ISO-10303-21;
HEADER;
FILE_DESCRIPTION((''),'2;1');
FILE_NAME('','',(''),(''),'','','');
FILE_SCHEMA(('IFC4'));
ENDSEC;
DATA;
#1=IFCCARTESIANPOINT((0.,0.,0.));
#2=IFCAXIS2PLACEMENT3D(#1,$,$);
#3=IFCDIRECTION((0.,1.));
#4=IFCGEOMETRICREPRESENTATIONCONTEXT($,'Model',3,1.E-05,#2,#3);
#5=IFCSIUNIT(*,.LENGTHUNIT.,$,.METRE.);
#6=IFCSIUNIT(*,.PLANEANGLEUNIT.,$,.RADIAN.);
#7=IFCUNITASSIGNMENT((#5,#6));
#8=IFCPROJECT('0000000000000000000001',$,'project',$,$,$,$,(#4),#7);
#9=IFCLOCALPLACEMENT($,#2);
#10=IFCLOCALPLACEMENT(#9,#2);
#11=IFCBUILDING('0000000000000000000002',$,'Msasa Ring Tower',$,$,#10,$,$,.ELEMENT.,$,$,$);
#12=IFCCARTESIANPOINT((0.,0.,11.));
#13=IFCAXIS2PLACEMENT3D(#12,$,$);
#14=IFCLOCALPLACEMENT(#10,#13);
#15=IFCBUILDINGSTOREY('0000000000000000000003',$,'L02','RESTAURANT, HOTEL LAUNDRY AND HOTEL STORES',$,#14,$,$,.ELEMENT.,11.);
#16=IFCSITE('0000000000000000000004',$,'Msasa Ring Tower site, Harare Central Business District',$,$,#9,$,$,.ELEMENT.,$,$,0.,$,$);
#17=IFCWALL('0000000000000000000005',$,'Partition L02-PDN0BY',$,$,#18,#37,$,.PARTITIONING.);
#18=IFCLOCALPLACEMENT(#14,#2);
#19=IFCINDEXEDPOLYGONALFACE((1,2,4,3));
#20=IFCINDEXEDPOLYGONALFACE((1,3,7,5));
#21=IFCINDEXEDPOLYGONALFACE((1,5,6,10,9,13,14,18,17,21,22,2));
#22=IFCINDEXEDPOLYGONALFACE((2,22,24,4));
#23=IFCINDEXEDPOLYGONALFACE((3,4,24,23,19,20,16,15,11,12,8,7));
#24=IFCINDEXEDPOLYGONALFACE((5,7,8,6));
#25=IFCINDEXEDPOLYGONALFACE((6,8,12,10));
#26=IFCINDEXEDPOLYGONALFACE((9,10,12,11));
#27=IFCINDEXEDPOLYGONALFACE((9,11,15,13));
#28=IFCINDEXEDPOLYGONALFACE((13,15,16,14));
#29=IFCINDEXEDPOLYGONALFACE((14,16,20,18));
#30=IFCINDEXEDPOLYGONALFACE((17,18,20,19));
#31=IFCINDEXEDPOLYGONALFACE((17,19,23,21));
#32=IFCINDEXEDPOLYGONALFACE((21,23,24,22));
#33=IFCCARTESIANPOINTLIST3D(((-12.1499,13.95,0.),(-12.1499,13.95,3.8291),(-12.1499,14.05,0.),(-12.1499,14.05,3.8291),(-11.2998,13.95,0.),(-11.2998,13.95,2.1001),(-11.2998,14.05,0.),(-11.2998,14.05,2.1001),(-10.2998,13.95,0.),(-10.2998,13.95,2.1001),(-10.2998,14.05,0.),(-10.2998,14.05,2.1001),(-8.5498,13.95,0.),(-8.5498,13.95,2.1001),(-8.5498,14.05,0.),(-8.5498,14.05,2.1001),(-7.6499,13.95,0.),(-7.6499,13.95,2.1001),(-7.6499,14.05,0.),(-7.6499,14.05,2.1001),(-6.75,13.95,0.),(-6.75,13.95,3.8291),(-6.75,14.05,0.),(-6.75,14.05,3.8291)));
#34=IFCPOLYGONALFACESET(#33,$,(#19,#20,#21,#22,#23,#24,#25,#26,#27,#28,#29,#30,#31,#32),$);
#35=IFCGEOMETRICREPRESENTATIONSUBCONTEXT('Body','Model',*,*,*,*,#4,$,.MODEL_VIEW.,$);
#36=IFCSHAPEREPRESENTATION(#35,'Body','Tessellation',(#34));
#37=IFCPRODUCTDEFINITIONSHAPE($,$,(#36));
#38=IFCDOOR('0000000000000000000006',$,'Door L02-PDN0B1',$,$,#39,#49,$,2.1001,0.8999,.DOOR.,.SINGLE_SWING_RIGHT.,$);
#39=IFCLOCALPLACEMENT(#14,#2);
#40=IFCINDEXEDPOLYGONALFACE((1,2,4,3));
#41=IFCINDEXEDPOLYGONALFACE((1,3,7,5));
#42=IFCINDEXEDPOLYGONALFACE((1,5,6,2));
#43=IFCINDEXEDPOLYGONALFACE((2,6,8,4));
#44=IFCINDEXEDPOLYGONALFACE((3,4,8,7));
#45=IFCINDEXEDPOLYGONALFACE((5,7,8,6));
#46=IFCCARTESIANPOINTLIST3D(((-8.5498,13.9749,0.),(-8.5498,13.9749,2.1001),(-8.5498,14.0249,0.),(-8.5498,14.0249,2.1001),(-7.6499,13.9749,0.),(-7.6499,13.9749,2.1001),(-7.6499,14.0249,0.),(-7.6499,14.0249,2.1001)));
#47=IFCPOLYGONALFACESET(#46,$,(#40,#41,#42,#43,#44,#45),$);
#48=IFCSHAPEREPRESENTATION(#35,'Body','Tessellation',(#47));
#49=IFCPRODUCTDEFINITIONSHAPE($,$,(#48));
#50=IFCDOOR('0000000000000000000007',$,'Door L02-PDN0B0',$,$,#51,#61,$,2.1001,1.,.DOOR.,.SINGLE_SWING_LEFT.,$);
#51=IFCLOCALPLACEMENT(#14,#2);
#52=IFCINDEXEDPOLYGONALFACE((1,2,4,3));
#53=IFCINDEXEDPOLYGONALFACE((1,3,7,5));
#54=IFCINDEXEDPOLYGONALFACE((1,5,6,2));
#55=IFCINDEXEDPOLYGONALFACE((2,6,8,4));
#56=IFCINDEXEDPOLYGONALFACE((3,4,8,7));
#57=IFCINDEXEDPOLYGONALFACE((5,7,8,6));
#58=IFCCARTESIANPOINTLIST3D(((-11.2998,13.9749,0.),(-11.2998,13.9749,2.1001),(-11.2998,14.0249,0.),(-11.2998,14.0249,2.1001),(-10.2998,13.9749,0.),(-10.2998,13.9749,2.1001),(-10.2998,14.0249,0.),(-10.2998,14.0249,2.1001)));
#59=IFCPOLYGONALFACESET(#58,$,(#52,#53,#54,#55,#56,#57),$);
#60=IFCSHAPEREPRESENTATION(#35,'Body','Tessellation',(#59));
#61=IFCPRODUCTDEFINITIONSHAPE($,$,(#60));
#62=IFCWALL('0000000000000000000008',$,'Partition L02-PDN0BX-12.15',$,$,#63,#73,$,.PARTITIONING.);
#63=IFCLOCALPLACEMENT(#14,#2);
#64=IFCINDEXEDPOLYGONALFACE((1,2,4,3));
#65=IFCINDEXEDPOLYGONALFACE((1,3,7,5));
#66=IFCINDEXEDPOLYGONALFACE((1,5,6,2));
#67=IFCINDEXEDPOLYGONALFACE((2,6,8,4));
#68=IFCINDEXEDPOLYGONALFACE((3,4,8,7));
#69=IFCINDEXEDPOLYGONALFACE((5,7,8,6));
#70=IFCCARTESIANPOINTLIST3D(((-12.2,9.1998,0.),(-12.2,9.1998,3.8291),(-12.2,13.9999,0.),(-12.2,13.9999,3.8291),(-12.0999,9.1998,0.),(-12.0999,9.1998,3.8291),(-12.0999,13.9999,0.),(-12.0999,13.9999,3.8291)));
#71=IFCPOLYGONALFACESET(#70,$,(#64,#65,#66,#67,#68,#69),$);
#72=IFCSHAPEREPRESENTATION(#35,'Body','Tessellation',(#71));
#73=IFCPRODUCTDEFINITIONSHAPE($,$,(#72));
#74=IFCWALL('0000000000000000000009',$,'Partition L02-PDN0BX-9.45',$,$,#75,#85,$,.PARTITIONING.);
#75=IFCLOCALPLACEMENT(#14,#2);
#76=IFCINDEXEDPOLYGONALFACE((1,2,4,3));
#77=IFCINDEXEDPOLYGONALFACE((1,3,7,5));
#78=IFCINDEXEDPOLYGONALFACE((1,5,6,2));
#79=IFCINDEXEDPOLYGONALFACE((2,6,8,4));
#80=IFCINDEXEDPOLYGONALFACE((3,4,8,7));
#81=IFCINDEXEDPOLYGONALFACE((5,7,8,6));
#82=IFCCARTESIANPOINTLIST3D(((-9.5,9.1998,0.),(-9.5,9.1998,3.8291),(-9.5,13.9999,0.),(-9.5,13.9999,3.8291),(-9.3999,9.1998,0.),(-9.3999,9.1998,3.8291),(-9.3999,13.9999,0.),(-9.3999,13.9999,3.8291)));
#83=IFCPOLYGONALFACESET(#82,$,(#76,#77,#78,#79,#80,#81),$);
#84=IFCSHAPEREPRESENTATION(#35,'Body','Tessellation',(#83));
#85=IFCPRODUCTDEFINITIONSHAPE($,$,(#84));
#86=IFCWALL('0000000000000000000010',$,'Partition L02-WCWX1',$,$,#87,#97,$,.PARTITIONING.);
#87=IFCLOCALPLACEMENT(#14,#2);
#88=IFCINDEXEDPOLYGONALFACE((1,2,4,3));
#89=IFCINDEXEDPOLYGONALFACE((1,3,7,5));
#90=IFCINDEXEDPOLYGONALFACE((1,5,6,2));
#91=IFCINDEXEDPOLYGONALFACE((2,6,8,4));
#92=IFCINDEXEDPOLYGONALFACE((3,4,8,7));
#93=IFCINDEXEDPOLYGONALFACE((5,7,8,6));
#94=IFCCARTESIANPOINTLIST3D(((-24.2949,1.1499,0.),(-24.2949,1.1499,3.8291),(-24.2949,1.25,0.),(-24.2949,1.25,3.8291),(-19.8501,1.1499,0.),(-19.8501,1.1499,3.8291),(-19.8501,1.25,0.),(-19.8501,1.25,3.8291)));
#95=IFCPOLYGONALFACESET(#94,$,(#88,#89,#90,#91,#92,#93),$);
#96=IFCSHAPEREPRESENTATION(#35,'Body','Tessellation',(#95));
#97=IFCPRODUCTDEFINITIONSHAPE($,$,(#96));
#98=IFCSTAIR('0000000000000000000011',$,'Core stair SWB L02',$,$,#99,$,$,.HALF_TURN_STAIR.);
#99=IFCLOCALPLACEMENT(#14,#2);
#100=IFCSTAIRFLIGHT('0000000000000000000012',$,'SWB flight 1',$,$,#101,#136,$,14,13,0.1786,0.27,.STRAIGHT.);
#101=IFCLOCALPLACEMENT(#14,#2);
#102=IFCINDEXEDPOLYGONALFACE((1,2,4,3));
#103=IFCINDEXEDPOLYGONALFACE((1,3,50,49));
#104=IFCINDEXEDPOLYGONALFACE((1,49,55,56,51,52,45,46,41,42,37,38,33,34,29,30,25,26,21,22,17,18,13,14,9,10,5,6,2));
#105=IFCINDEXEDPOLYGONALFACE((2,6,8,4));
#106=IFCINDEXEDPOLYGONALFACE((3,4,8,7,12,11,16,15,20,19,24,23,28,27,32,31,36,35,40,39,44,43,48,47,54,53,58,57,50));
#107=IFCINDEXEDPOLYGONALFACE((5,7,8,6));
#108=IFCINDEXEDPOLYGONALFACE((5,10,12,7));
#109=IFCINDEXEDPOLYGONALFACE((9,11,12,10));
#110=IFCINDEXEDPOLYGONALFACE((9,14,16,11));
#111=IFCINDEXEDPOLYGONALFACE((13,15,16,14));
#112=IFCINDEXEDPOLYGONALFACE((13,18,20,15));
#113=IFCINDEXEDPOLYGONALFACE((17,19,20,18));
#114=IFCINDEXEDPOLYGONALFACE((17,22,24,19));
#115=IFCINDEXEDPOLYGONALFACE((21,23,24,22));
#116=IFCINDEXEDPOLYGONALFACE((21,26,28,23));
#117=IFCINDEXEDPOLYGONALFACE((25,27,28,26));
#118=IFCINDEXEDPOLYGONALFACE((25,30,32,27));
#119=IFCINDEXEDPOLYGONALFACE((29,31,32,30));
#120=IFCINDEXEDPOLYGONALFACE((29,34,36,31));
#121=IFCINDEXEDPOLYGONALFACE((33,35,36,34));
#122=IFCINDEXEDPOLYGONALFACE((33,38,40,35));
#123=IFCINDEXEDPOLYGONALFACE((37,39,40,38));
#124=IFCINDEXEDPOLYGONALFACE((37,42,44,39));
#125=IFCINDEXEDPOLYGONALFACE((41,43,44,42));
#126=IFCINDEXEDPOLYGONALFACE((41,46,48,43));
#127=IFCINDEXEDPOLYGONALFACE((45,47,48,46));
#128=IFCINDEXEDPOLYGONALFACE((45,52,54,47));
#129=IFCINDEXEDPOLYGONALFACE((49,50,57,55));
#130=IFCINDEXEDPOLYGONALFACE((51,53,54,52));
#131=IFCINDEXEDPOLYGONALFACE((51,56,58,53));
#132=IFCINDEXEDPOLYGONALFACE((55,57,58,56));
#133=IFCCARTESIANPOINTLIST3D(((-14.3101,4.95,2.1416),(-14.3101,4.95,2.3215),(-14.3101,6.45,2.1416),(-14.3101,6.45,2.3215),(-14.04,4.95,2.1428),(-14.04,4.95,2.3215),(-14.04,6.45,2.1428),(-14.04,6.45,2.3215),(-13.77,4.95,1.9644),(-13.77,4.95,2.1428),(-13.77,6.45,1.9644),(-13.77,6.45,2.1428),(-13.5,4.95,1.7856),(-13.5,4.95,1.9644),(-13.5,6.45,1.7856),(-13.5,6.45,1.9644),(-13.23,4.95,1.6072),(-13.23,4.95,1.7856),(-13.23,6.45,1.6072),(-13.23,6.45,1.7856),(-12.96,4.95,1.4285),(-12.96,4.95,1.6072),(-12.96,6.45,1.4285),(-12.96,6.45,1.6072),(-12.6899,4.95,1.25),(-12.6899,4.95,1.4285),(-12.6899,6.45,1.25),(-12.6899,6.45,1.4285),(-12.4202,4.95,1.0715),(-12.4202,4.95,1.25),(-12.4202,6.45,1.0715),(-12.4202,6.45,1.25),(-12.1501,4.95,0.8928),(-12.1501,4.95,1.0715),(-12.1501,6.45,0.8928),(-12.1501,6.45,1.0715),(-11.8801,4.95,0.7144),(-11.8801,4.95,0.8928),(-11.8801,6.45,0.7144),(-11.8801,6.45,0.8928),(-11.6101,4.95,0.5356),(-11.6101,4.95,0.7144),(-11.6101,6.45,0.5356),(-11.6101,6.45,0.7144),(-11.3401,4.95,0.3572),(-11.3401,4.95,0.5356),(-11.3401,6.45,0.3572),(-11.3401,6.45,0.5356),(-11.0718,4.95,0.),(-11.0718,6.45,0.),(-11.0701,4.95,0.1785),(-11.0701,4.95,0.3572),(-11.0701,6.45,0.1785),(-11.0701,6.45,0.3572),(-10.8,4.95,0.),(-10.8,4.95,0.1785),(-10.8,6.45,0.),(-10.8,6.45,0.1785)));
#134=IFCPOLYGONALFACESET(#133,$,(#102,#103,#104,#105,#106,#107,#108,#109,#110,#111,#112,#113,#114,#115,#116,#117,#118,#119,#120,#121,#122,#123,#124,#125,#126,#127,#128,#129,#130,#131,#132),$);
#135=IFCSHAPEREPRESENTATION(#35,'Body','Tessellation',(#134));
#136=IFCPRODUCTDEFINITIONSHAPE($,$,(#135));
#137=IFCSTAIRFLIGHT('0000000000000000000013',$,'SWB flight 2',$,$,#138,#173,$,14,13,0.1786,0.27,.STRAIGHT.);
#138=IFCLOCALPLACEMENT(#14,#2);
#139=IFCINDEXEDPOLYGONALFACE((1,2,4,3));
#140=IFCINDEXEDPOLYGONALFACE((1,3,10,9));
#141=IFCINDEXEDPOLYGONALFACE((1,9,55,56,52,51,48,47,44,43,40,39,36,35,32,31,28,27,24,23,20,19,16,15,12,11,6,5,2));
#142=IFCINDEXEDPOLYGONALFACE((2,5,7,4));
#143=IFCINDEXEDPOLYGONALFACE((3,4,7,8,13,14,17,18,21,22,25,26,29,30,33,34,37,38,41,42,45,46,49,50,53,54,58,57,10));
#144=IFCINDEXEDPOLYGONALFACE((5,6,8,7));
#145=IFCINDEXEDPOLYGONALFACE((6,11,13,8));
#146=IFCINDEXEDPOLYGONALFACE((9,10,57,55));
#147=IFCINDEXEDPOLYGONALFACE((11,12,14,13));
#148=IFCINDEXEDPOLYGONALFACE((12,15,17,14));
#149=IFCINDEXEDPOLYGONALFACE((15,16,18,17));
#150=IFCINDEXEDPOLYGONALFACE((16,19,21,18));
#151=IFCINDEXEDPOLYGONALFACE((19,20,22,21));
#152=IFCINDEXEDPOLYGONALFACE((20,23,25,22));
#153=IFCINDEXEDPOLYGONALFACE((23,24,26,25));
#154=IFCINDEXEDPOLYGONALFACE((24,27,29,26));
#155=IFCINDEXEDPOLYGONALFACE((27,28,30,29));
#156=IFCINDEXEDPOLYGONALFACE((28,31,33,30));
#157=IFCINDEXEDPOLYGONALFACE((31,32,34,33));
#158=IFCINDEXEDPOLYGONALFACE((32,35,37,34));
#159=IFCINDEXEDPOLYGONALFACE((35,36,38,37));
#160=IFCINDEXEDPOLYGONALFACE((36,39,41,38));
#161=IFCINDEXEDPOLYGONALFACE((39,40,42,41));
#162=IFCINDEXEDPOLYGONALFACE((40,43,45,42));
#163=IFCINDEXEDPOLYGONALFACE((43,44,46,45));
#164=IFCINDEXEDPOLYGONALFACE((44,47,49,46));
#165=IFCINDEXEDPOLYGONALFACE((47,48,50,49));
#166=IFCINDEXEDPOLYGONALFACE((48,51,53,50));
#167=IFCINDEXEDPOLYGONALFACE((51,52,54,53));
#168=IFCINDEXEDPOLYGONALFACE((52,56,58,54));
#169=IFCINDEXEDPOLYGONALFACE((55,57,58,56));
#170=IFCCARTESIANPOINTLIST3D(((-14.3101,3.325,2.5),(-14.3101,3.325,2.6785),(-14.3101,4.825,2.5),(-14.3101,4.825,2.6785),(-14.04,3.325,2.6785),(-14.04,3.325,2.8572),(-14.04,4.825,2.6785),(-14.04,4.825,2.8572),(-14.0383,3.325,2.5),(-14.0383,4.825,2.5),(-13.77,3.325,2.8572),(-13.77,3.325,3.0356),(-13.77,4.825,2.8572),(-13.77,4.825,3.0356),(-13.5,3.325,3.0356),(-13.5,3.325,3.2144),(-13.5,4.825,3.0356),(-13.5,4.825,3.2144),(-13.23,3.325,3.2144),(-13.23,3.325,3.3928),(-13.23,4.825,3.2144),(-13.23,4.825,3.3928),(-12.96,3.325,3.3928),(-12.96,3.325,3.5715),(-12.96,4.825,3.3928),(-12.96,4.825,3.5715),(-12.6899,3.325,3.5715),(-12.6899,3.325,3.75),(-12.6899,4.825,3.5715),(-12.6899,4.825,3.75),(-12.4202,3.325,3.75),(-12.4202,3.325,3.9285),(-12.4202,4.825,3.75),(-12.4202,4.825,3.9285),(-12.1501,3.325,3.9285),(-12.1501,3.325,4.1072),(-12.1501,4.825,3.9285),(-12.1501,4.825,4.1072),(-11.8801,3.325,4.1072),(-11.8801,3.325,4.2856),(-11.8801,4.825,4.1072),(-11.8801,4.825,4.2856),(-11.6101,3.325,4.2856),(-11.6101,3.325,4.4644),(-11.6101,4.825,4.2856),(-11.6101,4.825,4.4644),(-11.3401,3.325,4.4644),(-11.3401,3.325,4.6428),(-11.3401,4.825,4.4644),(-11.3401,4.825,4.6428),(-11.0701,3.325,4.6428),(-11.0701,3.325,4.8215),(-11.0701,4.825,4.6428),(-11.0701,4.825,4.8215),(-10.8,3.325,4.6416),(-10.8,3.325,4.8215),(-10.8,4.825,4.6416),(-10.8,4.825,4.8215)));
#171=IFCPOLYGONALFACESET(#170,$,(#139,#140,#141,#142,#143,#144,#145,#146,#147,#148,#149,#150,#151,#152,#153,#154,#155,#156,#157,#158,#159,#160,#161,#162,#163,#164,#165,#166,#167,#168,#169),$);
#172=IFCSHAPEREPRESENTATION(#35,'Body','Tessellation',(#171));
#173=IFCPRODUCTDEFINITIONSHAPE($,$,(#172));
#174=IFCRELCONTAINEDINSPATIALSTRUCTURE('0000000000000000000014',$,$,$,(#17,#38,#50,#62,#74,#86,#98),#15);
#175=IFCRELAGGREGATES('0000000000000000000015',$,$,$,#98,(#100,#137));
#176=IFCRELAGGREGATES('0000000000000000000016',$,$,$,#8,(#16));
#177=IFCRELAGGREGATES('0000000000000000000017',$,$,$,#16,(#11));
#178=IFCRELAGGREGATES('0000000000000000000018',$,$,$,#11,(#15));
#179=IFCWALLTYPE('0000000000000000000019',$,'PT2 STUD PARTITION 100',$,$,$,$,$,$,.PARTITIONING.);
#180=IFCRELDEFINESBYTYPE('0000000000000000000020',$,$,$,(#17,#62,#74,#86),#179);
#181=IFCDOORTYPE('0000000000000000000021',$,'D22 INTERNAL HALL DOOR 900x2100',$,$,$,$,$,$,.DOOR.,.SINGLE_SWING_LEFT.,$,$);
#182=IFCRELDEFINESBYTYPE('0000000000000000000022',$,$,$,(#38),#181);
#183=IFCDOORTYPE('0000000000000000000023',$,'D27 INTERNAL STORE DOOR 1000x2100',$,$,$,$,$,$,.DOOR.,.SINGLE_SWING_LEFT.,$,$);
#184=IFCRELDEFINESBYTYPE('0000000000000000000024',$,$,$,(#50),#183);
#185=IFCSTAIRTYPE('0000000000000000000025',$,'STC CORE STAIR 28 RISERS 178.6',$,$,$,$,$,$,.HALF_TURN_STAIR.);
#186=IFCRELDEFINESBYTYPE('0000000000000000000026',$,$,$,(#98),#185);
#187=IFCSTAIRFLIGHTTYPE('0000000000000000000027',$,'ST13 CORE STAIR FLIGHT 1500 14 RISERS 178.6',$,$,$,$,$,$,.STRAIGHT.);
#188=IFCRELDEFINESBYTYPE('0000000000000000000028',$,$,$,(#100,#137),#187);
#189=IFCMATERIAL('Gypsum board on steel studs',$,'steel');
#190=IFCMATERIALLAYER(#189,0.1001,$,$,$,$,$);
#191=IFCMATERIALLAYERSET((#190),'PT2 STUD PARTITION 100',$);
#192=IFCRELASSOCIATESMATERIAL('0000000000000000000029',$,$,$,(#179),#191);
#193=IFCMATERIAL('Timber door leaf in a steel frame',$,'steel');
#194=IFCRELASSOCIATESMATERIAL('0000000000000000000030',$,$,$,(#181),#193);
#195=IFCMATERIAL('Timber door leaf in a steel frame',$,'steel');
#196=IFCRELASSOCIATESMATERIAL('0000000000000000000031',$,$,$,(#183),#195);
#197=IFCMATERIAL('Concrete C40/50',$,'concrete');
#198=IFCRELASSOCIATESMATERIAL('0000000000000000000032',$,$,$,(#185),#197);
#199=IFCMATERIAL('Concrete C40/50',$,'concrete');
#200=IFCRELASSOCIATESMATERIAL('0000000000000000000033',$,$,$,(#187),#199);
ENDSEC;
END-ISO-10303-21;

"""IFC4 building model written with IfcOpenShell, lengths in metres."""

from ifc_helpers import new_model, si_unit, direction, frame, frame_2d, origin, place, context, subcontext, project, spatial, polyline, rectangle, outline, extrude, material, layer, layer_set, type_object, element, fill, aggregate, save


model = new_model("IFC4")

# Units and contexts
model_context = context("Model", 3, precision=1e-05, world=origin(), true_north=direction((0.0, 1.0)))
body_context = subcontext(model_context, "Body", "Model", "MODEL_VIEW")
ifc_project = project(units=[si_unit("LENGTHUNIT", "METRE"), si_unit("PLANEANGLEUNIT", "RADIAN")], contexts=[model_context])

# Site, building, storey
site_placement = place(None, origin())
site = spatial("IfcSite", under=ifc_project, at=site_placement, Name="Msasa Ring Tower site, Harare Central Business District", CompositionType="ELEMENT", RefElevation=0.0)
building_placement = place(site_placement, origin())
building = spatial("IfcBuilding", under=site, at=building_placement, Name="Msasa Ring Tower", CompositionType="ELEMENT")
storey_placement = place(building_placement, frame((0.0, 0.0, 11.0)))
storey = spatial("IfcBuildingStorey", under=building, at=storey_placement, Name="L02", Description="RESTAURANT, HOTEL LAUNDRY AND HOTEL STORES", CompositionType="ELEMENT", Elevation=11.0)

# Wall, openings, doors
ifc_material_1 = material(Name="Gypsum board on steel studs", Category="steel")
ifc_layer_1 = layer(ifc_material_1, 0.1001)
ifc_layer_set_1 = layer_set([ifc_layer_1], Name="PT2 STUD PARTITION 100")
wall_type_1 = type_object("IfcWallType", Name="PT2 STUD PARTITION 100", PredefinedType="PARTITIONING", material=ifc_layer_set_1)
wall_1_placement = place(storey_placement, frame((-12.1499, 14.0, 0.0), z_axis=(0.0, 0.0, 1.0), x_axis=(1.0, 0.0, 0.0)))
wall_1 = element("IfcWall", 1, at=wall_1_placement, inside=storey, type_object=wall_type_1, Name="Partition L02-PDN0BY", PredefinedType="PARTITIONING", context=body_context, shape_type="SweptSolid", body=[
    extrude(rectangle(XDim=5.3999, YDim=0.1001, at=frame_2d((2.7, 0.0))), origin(), (0.0, 0.0, 1.0), 3.8291),
])
opening_1_placement = place(wall_1_placement, frame((0.8501, 0.0, 0.0)))
opening_1 = element("IfcOpeningElement", 2, at=opening_1_placement, cuts=wall_1, PredefinedType="OPENING", context=body_context, shape_type="SweptSolid", body=[
    extrude(rectangle(XDim=1.0, YDim=2.1001, at=frame_2d((0.5, 1.05))), frame((0.0, 0.0601, 0.0), z_axis=(0.0, -1.0, 0.0), x_axis=(1.0, 0.0, 0.0)), (0.0, 0.0, 1.0), 0.1201),
])
opening_2_placement = place(wall_1_placement, frame((3.6001, 0.0, 0.0)))
opening_2 = element("IfcOpeningElement", 3, at=opening_2_placement, cuts=wall_1, PredefinedType="OPENING", context=body_context, shape_type="SweptSolid", body=[
    extrude(rectangle(XDim=0.8999, YDim=2.1001, at=frame_2d((0.45, 1.05))), frame((0.0, 0.0601, 0.0), z_axis=(0.0, -1.0, 0.0), x_axis=(1.0, 0.0, 0.0)), (0.0, 0.0, 1.0), 0.1201),
])
ifc_material_2 = material(Name="Timber door leaf in a steel frame", Category="steel")
door_type_1 = type_object("IfcDoorType", Name="D22 INTERNAL HALL DOOR 900x2100", OperationType="SINGLE_SWING_LEFT", PredefinedType="DOOR", material=ifc_material_2)
door_1_placement = place(opening_2_placement, origin())
door_1 = element("IfcDoor", 4, at=door_1_placement, inside=storey, type_object=door_type_1, Name="Door L02-PDN0B1", OperationType="SINGLE_SWING_RIGHT", OverallHeight=2.1001, OverallWidth=0.8999, PredefinedType="DOOR", context=body_context, shape_type="SweptSolid", body=[
    extrude(rectangle(XDim=0.8999, YDim=2.1001, at=frame_2d((0.45, 1.05))), frame((0.0, 0.0249, 0.0), z_axis=(0.0, -1.0, 0.0), x_axis=(1.0, 0.0, 0.0)), (0.0, 0.0, 1.0), 0.05),
])
fill(opening_2, door_1)
ifc_material_3 = material(Name="Timber door leaf in a steel frame", Category="steel")
door_type_2 = type_object("IfcDoorType", Name="D27 INTERNAL STORE DOOR 1000x2100", OperationType="SINGLE_SWING_LEFT", PredefinedType="DOOR", material=ifc_material_3)
door_2_placement = place(opening_1_placement, origin())
door_2 = element("IfcDoor", 5, at=door_2_placement, inside=storey, type_object=door_type_2, Name="Door L02-PDN0B0", OperationType="SINGLE_SWING_LEFT", OverallHeight=2.1001, OverallWidth=1.0, PredefinedType="DOOR", context=body_context, shape_type="SweptSolid", body=[
    extrude(rectangle(XDim=1.0, YDim=2.1001, at=frame_2d((0.5, 1.05))), frame((0.0, 0.0249, 0.0), z_axis=(0.0, -1.0, 0.0), x_axis=(1.0, 0.0, 0.0)), (0.0, 0.0, 1.0), 0.05),
])
fill(opening_1, door_2)

# Walls
for number, where, z_axis, x_axis, name in (
    (6, (-12.1499, 9.2, 0.0), (0.0, 0.0, 1.0), (0.0, 1.0, 0.0), "Partition L02-PDN0BX-12.15"),
    (7, (-9.45, 9.2, 0.0), (0.0, 0.0, 1.0), (0.0, 1.0, 0.0), "Partition L02-PDN0BX-9.45"),
):
    element("IfcWall", number, at=place(storey_placement, frame(where, z_axis=z_axis, x_axis=x_axis)), inside=storey, type_object=wall_type_1, Name=name, PredefinedType="PARTITIONING", context=body_context, shape_type="SweptSolid", body=[
        extrude(rectangle(XDim=4.8, YDim=0.1001, at=frame_2d((2.3999, 0.0))), origin(), (0.0, 0.0, 1.0), 3.8291),
    ])
wall_2_placement = place(storey_placement, frame((-24.2949, 1.2, 0.0), z_axis=(0.0, 0.0, 1.0), x_axis=(1.0, 0.0, 0.0)))
element("IfcWall", 8, at=wall_2_placement, inside=storey, type_object=wall_type_1, Name="Partition L02-WCWX1", PredefinedType="PARTITIONING", context=body_context, shape_type="SweptSolid", body=[
    extrude(rectangle(XDim=4.4448, YDim=0.1001, at=frame_2d((2.2224, 0.0))), origin(), (0.0, 0.0, 1.0), 3.8291),
])

# Stair, stair flights
ifc_material_4 = material(Name="Concrete C40/50", Category="concrete")
stair_type = type_object("IfcStairType", Name="STC CORE STAIR 28 RISERS 178.6", PredefinedType="HALF_TURN_STAIR", material=ifc_material_4)
stair_placement = place(storey_placement, origin())
stair = element("IfcStair", 9, at=stair_placement, inside=storey, type_object=stair_type, Name="Core stair SWB L02", PredefinedType="HALF_TURN_STAIR")
ifc_material_5 = material(Name="Concrete C40/50", Category="concrete")
stair_flight_type = type_object("IfcStairFlightType", Name="ST13 CORE STAIR FLIGHT 1500 14 RISERS 178.6", PredefinedType="STRAIGHT", material=ifc_material_5)
stair_flight_1_placement = place(storey_placement, frame((-10.8, 5.7, 0.0), z_axis=(0.0, 0.0, 1.0), x_axis=(-1.0, 0.0, 0.0)))
stair_flight_1 = element("IfcStairFlight", 10, at=stair_flight_1_placement, type_object=stair_flight_type, Name="SWB flight 1", NumberOfRisers=14, NumberOfTreads=13, PredefinedType="STRAIGHT", RiserHeight=0.1786, TreadLength=0.27, context=body_context, shape_type="SweptSolid", body=[
    extrude(outline(polyline([(0.0, 0.0), (0.0, 0.1785), (0.27, 0.1785), (0.27, 0.3572), (0.54, 0.3572), (0.54, 0.5356), (0.8101, 0.5356), (0.8101, 0.7144), (1.0801, 0.7144), (1.0801, 0.8928), (1.3501, 0.8928), (1.3501, 1.0715), (1.6201, 1.0715), (1.6201, 1.25), (1.8899, 1.25), (1.8899, 1.4285), (2.1599, 1.4285), (2.1599, 1.6072), (2.4299, 1.6072), (2.4299, 1.7856), (2.7, 1.7856), (2.7, 1.9644), (2.97, 1.9644), (2.97, 2.1428), (3.24, 2.1428), (3.24, 2.3215), (3.51, 2.3215), (3.51, 2.5), (3.51, 2.1416), (0.2717, 0.0), (0.0, 0.0)])), frame((0.0, 0.75, 0.0), z_axis=(0.0, -1.0, 0.0), x_axis=(1.0, 0.0, 0.0)), (0.0, 0.0, 1.0), 1.5),
])
stair_flight_2_placement = place(storey_placement, frame((-14.3101, 4.075, 2.5), z_axis=(0.0, 0.0, 1.0), x_axis=(1.0, 0.0, 0.0)))
stair_flight_2 = element("IfcStairFlight", 11, at=stair_flight_2_placement, type_object=stair_flight_type, Name="SWB flight 2", NumberOfRisers=14, NumberOfTreads=13, PredefinedType="STRAIGHT", RiserHeight=0.1786, TreadLength=0.27, context=body_context, shape_type="SweptSolid", body=[
    extrude(outline(polyline([(0.0, 0.0), (0.0, 0.1785), (0.27, 0.1785), (0.27, 0.3572), (0.54, 0.3572), (0.54, 0.5356), (0.8101, 0.5356), (0.8101, 0.7144), (1.0801, 0.7144), (1.0801, 0.8928), (1.3501, 0.8928), (1.3501, 1.0715), (1.6201, 1.0715), (1.6201, 1.25), (1.8899, 1.25), (1.8899, 1.4285), (2.1599, 1.4285), (2.1599, 1.6072), (2.4299, 1.6072), (2.4299, 1.7856), (2.7, 1.7856), (2.7, 1.9644), (2.97, 1.9644), (2.97, 2.1428), (3.24, 2.1428), (3.24, 2.3215), (3.51, 2.3215), (3.51, 2.5), (3.51, 2.1416), (0.2717, 0.0), (0.0, 0.0)])), frame((0.0, 0.75, 0.0), z_axis=(0.0, -1.0, 0.0), x_axis=(1.0, 0.0, 0.0)), (0.0, 0.0, 1.0), 1.5),
])
aggregate(stair, [stair_flight_1, stair_flight_2])

save(model, "model.ifc")
